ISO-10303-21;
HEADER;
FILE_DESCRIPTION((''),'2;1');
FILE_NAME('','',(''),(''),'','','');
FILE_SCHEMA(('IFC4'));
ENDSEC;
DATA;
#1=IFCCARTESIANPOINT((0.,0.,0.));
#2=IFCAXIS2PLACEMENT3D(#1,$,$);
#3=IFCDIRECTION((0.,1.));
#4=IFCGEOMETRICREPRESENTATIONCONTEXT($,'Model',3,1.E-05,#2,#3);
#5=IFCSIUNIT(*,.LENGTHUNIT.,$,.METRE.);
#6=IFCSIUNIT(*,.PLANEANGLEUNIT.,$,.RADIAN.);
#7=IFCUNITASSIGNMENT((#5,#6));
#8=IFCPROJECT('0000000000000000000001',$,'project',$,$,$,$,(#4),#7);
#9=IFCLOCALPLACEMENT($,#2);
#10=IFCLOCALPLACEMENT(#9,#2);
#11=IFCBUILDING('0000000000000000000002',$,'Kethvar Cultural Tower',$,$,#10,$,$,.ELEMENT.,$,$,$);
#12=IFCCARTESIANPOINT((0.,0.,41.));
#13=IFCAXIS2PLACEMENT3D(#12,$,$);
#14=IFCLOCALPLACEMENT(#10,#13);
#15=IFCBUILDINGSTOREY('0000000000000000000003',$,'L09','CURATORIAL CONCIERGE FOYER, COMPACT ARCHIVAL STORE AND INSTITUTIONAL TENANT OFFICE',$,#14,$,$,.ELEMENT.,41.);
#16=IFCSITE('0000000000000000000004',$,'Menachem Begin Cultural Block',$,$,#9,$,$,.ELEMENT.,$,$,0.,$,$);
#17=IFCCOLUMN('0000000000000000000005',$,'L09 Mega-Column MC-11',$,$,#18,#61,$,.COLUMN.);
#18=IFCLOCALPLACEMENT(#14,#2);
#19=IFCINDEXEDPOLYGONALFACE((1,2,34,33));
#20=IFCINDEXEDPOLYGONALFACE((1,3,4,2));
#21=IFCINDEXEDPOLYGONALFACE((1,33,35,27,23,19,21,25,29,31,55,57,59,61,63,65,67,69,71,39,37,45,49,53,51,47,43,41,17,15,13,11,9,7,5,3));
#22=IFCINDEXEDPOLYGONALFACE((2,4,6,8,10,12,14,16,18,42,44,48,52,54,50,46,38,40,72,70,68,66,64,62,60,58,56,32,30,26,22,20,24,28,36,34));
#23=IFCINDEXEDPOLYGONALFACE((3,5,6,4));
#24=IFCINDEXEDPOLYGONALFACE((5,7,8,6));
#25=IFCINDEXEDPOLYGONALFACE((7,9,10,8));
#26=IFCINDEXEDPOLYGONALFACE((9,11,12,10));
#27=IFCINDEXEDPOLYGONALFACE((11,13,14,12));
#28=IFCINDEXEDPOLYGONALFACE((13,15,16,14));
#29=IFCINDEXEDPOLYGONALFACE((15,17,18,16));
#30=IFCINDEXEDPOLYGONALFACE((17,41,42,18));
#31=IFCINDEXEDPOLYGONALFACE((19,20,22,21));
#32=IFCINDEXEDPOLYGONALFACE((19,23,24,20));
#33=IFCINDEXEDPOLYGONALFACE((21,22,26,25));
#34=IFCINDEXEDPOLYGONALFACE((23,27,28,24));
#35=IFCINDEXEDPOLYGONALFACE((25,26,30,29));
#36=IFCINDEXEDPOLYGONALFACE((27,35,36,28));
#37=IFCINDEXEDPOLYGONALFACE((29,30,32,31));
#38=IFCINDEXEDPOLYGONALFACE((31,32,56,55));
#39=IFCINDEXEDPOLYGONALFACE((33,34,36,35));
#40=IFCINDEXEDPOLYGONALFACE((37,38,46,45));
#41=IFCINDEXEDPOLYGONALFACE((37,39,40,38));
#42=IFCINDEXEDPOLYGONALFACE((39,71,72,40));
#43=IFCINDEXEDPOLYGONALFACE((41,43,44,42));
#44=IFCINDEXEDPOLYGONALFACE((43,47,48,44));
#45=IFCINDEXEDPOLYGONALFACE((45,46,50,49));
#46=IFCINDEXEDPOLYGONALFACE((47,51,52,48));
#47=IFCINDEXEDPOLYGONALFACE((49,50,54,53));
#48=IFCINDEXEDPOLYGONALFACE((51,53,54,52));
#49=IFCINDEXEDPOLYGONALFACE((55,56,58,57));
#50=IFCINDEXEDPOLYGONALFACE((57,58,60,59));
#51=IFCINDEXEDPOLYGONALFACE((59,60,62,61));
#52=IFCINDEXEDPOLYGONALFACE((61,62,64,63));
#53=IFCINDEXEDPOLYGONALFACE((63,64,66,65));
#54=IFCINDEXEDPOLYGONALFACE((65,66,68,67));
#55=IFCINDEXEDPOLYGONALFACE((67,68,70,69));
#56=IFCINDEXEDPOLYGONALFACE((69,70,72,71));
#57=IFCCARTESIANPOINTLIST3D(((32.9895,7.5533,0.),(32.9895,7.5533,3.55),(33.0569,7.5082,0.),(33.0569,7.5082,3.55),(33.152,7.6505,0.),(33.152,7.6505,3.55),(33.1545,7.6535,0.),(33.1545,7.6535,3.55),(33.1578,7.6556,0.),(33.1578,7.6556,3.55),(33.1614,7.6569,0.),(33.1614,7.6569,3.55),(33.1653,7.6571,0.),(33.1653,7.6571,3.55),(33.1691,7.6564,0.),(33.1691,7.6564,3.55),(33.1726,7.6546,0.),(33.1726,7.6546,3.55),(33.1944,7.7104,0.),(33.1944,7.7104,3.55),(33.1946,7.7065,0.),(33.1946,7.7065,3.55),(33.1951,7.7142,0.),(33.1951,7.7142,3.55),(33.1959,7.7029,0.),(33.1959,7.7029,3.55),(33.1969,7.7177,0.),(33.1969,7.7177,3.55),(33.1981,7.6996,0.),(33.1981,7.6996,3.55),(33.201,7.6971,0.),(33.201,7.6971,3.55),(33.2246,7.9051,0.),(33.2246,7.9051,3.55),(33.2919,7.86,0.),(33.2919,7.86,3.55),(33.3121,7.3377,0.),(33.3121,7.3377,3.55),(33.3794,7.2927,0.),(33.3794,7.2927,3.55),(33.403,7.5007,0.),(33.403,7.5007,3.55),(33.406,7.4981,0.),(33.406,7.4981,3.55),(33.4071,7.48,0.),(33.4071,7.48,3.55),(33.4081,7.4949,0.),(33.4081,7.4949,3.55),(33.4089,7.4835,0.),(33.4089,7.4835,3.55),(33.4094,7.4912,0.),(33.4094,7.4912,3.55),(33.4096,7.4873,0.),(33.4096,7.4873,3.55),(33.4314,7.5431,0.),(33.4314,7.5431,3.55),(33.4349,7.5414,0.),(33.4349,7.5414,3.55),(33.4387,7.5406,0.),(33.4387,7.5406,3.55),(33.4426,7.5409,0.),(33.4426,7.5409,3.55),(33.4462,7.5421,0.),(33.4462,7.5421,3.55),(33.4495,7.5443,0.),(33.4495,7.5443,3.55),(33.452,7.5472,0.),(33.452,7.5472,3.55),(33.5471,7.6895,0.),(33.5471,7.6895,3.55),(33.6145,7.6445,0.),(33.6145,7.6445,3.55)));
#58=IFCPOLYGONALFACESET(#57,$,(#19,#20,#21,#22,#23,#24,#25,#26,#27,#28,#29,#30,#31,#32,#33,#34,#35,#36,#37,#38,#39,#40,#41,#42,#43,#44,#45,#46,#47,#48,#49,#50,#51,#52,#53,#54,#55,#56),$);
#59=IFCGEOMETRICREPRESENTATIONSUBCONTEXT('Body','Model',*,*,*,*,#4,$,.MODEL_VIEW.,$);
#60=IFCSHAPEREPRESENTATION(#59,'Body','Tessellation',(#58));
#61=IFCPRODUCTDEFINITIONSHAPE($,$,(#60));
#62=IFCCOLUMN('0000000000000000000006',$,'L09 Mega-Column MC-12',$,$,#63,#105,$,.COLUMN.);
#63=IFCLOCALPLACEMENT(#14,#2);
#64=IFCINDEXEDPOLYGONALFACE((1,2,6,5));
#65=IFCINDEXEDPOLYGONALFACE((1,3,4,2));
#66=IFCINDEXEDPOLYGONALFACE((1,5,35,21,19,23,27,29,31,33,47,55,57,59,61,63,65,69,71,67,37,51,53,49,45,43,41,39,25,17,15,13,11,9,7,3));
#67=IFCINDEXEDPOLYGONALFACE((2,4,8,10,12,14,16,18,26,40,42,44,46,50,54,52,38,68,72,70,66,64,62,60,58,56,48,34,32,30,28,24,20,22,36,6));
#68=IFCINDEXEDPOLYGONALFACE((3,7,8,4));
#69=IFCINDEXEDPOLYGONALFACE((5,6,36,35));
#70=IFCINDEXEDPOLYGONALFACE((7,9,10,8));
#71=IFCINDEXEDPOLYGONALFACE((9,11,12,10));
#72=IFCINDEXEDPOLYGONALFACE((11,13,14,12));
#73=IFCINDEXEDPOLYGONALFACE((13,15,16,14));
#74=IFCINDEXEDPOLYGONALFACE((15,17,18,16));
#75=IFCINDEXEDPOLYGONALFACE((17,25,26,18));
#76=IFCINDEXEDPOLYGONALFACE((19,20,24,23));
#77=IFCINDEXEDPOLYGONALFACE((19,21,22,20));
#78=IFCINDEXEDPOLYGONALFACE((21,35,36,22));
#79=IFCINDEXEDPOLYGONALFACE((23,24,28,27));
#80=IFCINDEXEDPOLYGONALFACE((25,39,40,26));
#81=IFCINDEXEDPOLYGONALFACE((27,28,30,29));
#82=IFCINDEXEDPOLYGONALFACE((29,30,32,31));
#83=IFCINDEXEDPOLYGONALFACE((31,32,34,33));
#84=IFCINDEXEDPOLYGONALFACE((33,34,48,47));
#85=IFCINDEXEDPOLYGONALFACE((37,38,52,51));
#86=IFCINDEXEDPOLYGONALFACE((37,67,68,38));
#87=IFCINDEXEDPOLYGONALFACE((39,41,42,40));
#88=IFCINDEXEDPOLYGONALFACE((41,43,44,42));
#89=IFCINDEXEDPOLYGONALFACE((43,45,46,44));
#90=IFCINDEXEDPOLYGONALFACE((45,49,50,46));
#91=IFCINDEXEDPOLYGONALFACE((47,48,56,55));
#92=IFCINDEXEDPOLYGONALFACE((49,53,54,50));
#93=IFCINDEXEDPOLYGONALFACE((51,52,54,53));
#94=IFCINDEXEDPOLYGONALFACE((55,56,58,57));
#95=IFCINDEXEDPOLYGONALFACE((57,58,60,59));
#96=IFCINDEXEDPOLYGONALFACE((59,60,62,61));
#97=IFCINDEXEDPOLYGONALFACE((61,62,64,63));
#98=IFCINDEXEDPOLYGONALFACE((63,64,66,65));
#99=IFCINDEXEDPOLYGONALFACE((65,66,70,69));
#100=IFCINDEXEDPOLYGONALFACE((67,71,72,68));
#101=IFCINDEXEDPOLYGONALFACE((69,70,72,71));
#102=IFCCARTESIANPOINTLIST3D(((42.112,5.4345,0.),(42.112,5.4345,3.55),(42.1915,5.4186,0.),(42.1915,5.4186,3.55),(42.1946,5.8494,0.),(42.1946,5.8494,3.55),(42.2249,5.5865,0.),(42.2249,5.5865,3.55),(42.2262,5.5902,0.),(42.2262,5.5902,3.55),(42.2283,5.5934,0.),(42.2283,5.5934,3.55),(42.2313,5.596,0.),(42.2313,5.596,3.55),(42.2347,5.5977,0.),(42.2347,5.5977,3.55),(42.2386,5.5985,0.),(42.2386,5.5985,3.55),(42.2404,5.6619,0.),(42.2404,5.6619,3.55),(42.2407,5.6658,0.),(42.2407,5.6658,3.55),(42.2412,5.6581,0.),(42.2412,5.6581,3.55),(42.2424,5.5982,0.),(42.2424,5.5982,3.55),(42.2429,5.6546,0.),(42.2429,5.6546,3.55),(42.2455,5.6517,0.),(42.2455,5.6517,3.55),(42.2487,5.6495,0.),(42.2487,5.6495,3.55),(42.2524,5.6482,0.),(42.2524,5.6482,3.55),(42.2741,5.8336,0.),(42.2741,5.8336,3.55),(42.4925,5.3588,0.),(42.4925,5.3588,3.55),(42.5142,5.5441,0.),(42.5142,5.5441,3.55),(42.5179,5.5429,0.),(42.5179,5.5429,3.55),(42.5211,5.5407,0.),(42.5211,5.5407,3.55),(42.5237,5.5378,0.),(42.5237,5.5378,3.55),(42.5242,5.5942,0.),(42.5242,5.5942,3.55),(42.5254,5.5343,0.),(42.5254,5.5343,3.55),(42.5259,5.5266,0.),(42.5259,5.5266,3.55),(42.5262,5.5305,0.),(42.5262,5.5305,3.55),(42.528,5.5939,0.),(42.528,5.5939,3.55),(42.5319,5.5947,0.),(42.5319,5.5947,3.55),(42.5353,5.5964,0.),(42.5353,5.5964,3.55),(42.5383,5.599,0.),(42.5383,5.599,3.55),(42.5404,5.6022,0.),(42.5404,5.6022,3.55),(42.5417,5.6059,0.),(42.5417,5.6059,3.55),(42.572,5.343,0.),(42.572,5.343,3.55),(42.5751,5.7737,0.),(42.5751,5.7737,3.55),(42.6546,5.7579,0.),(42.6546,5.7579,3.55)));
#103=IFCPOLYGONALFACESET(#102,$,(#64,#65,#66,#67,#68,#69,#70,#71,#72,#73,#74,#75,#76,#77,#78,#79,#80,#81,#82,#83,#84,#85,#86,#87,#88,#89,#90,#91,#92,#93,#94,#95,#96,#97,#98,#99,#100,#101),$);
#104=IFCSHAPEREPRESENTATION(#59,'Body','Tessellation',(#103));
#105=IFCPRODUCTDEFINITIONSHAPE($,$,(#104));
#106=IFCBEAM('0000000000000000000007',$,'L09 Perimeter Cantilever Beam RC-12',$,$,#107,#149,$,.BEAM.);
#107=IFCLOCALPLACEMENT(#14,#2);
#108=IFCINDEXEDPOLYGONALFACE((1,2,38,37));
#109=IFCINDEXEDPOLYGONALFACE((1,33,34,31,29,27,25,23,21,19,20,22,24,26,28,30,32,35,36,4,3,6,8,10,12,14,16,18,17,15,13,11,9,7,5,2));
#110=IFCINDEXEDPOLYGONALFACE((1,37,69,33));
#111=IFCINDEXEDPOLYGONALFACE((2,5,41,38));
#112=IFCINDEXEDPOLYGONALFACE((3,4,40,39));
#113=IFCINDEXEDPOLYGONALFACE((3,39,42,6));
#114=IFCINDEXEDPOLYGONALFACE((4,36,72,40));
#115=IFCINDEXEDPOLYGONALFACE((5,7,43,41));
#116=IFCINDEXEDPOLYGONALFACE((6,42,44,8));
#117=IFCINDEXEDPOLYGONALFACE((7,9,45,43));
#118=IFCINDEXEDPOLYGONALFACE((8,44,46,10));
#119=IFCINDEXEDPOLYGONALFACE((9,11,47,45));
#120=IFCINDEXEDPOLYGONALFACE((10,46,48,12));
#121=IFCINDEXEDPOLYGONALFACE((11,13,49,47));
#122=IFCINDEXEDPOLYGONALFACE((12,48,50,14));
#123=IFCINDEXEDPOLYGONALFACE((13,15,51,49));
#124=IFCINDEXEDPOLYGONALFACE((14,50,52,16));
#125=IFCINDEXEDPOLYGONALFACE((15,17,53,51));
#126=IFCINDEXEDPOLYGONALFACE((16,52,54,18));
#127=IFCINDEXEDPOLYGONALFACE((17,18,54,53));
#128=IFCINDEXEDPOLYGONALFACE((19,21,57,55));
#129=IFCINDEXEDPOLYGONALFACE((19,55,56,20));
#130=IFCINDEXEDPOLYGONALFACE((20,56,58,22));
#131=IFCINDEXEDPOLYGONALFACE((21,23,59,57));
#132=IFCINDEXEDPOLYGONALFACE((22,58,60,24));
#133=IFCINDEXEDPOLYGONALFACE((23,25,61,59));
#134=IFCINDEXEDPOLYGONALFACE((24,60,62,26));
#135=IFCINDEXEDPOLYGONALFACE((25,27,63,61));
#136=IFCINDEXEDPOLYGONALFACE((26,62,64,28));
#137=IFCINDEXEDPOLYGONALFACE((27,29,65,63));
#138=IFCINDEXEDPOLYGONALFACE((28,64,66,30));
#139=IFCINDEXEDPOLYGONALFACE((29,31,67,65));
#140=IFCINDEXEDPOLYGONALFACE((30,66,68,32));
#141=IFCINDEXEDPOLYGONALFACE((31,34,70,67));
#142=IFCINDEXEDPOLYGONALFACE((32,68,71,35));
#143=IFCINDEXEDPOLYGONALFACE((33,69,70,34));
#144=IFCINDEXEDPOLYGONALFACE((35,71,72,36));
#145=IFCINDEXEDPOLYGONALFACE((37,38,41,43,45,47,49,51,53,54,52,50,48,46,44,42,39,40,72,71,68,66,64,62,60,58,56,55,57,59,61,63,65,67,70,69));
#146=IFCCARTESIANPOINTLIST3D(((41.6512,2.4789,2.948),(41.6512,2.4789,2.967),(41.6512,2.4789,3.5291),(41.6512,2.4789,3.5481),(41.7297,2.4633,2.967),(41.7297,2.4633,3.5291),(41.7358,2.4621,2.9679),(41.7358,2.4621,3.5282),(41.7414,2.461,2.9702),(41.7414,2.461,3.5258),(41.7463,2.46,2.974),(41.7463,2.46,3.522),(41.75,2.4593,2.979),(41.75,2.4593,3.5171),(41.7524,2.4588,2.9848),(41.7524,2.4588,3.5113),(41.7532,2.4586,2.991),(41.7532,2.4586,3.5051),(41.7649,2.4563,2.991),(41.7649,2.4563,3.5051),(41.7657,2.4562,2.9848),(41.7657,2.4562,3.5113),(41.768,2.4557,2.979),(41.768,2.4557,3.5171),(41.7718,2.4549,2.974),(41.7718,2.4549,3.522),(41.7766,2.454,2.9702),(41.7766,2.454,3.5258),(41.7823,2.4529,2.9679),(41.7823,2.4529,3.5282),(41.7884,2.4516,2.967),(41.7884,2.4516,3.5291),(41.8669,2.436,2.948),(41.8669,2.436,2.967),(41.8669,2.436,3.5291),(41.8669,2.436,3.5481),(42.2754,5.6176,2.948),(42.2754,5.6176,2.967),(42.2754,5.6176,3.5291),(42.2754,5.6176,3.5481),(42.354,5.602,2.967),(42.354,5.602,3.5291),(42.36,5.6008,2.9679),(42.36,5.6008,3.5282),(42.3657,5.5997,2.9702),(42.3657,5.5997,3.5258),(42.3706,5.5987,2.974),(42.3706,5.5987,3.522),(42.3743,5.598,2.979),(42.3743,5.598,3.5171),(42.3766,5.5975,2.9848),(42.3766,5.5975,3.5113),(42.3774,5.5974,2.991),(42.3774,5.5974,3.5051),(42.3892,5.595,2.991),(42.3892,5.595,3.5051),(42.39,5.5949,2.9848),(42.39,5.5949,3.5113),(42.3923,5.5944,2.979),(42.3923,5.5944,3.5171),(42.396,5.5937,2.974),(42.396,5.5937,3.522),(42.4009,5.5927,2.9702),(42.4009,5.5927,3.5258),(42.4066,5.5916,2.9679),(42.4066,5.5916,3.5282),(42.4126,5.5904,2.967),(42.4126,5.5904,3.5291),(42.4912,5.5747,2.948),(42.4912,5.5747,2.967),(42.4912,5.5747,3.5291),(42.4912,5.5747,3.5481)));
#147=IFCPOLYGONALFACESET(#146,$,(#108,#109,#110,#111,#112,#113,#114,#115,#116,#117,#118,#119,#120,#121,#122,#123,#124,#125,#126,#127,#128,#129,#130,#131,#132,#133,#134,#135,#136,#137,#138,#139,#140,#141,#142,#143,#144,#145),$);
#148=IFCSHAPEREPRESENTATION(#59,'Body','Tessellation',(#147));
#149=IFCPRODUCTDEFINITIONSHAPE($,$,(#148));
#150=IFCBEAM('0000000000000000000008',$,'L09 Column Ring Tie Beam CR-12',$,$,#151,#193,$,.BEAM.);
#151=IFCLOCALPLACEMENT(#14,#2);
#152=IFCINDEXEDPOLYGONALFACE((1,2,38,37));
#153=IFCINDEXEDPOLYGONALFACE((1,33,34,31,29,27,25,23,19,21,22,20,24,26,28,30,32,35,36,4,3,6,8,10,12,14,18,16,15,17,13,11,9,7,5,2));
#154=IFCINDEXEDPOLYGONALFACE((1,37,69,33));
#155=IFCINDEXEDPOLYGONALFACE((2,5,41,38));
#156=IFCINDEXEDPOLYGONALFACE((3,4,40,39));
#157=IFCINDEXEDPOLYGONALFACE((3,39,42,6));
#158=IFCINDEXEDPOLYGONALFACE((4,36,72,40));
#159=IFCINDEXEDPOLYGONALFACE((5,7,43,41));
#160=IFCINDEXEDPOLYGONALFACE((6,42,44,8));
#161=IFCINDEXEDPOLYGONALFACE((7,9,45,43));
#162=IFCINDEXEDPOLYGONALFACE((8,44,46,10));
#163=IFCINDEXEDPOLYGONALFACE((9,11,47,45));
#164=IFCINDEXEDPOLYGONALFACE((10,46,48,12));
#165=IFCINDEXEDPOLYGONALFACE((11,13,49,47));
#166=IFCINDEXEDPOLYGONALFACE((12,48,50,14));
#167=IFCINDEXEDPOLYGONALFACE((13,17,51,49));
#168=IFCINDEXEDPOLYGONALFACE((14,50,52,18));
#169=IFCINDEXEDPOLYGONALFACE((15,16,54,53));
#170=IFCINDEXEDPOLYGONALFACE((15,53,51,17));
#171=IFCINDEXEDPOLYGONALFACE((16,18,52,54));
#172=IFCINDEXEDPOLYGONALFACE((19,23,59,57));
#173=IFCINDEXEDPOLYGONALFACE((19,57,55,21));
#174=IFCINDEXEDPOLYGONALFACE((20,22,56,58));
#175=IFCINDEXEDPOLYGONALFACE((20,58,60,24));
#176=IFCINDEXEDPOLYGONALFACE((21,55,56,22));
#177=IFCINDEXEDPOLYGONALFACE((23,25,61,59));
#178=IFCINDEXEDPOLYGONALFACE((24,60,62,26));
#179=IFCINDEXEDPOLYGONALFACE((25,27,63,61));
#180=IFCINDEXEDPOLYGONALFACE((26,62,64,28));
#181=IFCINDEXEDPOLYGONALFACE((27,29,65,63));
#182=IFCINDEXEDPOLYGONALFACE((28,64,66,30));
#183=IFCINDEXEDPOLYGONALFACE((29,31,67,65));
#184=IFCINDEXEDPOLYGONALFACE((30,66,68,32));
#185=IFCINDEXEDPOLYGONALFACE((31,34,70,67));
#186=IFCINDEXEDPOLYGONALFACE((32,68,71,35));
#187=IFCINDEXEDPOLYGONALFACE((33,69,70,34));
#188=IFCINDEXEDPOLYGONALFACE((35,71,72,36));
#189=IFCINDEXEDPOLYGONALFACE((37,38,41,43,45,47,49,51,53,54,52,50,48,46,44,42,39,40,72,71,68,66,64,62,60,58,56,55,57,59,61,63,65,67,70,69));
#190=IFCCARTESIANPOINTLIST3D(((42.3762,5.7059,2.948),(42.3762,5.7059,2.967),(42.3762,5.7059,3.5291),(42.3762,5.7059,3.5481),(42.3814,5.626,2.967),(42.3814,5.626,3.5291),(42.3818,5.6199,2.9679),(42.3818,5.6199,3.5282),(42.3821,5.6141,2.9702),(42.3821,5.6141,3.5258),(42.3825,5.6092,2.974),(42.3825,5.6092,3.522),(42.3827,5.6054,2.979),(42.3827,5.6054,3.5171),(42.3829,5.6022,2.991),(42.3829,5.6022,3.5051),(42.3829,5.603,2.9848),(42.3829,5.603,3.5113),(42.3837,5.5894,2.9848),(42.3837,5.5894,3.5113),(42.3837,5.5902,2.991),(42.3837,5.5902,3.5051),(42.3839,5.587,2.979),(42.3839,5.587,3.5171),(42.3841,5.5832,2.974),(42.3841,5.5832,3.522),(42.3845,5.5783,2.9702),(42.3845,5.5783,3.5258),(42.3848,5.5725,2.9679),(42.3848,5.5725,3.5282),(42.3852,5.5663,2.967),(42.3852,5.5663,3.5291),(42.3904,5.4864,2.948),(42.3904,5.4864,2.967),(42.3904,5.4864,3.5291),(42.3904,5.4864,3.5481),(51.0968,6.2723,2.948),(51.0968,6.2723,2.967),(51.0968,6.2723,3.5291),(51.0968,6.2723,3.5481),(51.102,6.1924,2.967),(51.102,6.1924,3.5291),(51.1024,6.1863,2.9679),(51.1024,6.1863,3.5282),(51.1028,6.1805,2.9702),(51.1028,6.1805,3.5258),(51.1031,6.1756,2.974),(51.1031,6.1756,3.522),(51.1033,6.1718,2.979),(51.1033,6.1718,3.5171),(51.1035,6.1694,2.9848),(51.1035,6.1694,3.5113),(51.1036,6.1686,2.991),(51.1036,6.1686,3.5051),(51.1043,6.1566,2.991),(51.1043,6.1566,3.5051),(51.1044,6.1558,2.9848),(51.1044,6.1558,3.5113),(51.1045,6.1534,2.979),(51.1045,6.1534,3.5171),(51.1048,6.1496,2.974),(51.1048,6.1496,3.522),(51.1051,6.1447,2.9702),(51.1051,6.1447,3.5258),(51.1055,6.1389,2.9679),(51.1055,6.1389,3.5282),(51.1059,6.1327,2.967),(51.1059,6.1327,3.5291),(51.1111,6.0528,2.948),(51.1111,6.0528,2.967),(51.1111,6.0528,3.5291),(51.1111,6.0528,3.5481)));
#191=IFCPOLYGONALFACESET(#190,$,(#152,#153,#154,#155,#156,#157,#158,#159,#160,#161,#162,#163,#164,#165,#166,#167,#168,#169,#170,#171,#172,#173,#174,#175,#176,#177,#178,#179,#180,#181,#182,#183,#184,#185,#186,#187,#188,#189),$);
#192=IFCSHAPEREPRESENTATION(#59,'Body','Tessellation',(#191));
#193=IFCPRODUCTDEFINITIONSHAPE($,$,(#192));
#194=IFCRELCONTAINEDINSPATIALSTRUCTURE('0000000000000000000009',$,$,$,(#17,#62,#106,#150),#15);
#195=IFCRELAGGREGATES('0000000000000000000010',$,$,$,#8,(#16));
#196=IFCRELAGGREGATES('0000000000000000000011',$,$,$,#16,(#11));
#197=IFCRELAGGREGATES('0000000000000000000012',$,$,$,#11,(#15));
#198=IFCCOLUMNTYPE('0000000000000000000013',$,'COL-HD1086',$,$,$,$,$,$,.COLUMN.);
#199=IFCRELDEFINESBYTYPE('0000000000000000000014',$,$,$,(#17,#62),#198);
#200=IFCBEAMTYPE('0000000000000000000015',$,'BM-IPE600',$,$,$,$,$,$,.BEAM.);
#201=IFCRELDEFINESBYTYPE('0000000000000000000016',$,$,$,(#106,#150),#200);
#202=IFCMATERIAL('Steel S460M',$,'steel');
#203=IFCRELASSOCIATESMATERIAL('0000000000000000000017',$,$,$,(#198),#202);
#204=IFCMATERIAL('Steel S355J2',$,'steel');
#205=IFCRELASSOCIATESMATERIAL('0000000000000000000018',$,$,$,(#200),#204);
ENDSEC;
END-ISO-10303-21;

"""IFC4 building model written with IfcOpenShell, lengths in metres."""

from ifc_helpers import new_model, si_unit, direction, frame, origin, origin_2d, place, context, subcontext, project, spatial, i_section, extrude, source, transform, mapped, material, material_profile, profile_set, type_object, element, save


model = new_model("IFC4")

# Units and contexts
model_context = context("Model", 3, precision=1e-05, world=origin(), true_north=direction((0.0, 1.0)))
body_context = subcontext(model_context, "Body", "Model", "MODEL_VIEW")
ifc_project = project(units=[si_unit("LENGTHUNIT", "METRE"), si_unit("PLANEANGLEUNIT", "RADIAN")], contexts=[model_context])

# Site, building, storey
site_placement = place(None, origin())
site = spatial("IfcSite", under=ifc_project, at=site_placement, Name="Menachem Begin Cultural Block", CompositionType="ELEMENT", RefElevation=0.0)
building_placement = place(site_placement, origin())
building = spatial("IfcBuilding", under=site, at=building_placement, Name="Kethvar Cultural Tower", CompositionType="ELEMENT")
storey_placement = place(building_placement, frame((0.0, 0.0, 41.0)))
storey = spatial("IfcBuildingStorey", under=building, at=storey_placement, Name="L09", Description="CURATORIAL CONCIERGE FOYER, COMPACT ARCHIVAL STORE AND INSTITUTIONAL TENANT OFFICE", CompositionType="ELEMENT", Elevation=41.0)

# Columns
ifc_material_1 = material(Name="Steel S460M", Category="steel")
ifc_material_profile_1 = material_profile(ifc_material_1, i_section(OverallWidth=0.4231, OverallDepth=0.469, WebThickness=0.051, FlangeThickness=0.0811, FilletRadius=0.0149, at=origin_2d()), Name="Steel S460M — HD400x1086")
ifc_profile_set_1 = profile_set([ifc_material_profile_1], Name="Steel S460M — HD400x1086")
column_type = type_object("IfcColumnType", Name="COL-HD1086", PredefinedType="COLUMN", material=ifc_profile_set_1)
shared_shape_1 = source(origin(), body_context, "Body", "SweptSolid", [
    extrude(i_section(OverallWidth=0.4231, OverallDepth=0.469, WebThickness=0.051, FlangeThickness=0.0811, FilletRadius=0.0149, at=origin_2d()), origin(), (0.0, 0.0, 1.0), 3.55),
])
for number, where, z_axis, x_axis, name in (
    (1, (33.302, 7.5989, 0.0), (0.0, 0.0, 1.0), (-0.55557, -0.83147, 0.0), "L09 Mega-Column MC-11"),
    (2, (42.3833, 5.5962, 0.0), (0.0, 0.0, 1.0), (-0.19509, -0.980785, 0.0), "L09 Mega-Column MC-12"),
):
    element("IfcColumn", number, at=place(storey_placement, frame(where, z_axis=z_axis, x_axis=x_axis)), inside=storey, type_object=column_type, Name=name, PredefinedType="COLUMN", context=body_context, shape_type="MappedRepresentation", body=[
        mapped(shared_shape_1, transform((0.0, 0.0, 0.0), scale=1.0)),
    ])

# Beams
ifc_material_2 = material(Name="Steel S355J2", Category="steel")
ifc_material_profile_2 = material_profile(ifc_material_2, i_section(OverallWidth=0.22, OverallDepth=0.6001, WebThickness=0.012, FlangeThickness=0.019, FilletRadius=0.0239, at=origin_2d()), Name="Steel S355J2 — IPE600")
ifc_profile_set_2 = profile_set([ifc_material_profile_2], Name="Steel S355J2 — IPE600")
beam_type_1 = type_object("IfcBeamType", Name="BM-IPE600", PredefinedType="BEAM", material=ifc_profile_set_2)
shared_shape_2 = source(origin(), body_context, "Body", "SweptSolid", [
    extrude(i_section(OverallWidth=0.22, OverallDepth=0.6001, WebThickness=0.012, FlangeThickness=0.019, FilletRadius=0.0239, at=origin_2d()), origin(), (0.0, 0.0, 1.0), 3.2002),
])
beam_1_placement = place(storey_placement, frame((42.3833, 5.5962, 3.248), z_axis=(-0.195074, -0.980788, 0.0), x_axis=(0.980788, -0.195074, 0.0)))
element("IfcBeam", 3, at=beam_1_placement, inside=storey, type_object=beam_type_1, Name="L09 Perimeter Cantilever Beam RC-12", PredefinedType="BEAM", context=body_context, shape_type="MappedRepresentation", body=[
    mapped(shared_shape_2, transform((0.0, 0.0, 0.0), scale=1.0)),
])
shared_shape_3 = source(origin(), body_context, "Body", "SweptSolid", [
    extrude(i_section(OverallWidth=0.22, OverallDepth=0.6001, WebThickness=0.012, FlangeThickness=0.019, FilletRadius=0.0239, at=origin_2d()), origin(), (0.0, 0.0, 1.0), 8.739),
])
beam_2_placement = place(storey_placement, frame((42.3833, 5.5962, 3.248), z_axis=(0.997897, 0.064813, 0.0), x_axis=(-0.064813, 0.997897, 0.0)))
element("IfcBeam", 4, at=beam_2_placement, inside=storey, type_object=beam_type_1, Name="L09 Column Ring Tie Beam CR-12", PredefinedType="BEAM", context=body_context, shape_type="MappedRepresentation", body=[
    mapped(shared_shape_3, transform((0.0, 0.0, 0.0), scale=1.0)),
])

save(model, "model.ifc")
